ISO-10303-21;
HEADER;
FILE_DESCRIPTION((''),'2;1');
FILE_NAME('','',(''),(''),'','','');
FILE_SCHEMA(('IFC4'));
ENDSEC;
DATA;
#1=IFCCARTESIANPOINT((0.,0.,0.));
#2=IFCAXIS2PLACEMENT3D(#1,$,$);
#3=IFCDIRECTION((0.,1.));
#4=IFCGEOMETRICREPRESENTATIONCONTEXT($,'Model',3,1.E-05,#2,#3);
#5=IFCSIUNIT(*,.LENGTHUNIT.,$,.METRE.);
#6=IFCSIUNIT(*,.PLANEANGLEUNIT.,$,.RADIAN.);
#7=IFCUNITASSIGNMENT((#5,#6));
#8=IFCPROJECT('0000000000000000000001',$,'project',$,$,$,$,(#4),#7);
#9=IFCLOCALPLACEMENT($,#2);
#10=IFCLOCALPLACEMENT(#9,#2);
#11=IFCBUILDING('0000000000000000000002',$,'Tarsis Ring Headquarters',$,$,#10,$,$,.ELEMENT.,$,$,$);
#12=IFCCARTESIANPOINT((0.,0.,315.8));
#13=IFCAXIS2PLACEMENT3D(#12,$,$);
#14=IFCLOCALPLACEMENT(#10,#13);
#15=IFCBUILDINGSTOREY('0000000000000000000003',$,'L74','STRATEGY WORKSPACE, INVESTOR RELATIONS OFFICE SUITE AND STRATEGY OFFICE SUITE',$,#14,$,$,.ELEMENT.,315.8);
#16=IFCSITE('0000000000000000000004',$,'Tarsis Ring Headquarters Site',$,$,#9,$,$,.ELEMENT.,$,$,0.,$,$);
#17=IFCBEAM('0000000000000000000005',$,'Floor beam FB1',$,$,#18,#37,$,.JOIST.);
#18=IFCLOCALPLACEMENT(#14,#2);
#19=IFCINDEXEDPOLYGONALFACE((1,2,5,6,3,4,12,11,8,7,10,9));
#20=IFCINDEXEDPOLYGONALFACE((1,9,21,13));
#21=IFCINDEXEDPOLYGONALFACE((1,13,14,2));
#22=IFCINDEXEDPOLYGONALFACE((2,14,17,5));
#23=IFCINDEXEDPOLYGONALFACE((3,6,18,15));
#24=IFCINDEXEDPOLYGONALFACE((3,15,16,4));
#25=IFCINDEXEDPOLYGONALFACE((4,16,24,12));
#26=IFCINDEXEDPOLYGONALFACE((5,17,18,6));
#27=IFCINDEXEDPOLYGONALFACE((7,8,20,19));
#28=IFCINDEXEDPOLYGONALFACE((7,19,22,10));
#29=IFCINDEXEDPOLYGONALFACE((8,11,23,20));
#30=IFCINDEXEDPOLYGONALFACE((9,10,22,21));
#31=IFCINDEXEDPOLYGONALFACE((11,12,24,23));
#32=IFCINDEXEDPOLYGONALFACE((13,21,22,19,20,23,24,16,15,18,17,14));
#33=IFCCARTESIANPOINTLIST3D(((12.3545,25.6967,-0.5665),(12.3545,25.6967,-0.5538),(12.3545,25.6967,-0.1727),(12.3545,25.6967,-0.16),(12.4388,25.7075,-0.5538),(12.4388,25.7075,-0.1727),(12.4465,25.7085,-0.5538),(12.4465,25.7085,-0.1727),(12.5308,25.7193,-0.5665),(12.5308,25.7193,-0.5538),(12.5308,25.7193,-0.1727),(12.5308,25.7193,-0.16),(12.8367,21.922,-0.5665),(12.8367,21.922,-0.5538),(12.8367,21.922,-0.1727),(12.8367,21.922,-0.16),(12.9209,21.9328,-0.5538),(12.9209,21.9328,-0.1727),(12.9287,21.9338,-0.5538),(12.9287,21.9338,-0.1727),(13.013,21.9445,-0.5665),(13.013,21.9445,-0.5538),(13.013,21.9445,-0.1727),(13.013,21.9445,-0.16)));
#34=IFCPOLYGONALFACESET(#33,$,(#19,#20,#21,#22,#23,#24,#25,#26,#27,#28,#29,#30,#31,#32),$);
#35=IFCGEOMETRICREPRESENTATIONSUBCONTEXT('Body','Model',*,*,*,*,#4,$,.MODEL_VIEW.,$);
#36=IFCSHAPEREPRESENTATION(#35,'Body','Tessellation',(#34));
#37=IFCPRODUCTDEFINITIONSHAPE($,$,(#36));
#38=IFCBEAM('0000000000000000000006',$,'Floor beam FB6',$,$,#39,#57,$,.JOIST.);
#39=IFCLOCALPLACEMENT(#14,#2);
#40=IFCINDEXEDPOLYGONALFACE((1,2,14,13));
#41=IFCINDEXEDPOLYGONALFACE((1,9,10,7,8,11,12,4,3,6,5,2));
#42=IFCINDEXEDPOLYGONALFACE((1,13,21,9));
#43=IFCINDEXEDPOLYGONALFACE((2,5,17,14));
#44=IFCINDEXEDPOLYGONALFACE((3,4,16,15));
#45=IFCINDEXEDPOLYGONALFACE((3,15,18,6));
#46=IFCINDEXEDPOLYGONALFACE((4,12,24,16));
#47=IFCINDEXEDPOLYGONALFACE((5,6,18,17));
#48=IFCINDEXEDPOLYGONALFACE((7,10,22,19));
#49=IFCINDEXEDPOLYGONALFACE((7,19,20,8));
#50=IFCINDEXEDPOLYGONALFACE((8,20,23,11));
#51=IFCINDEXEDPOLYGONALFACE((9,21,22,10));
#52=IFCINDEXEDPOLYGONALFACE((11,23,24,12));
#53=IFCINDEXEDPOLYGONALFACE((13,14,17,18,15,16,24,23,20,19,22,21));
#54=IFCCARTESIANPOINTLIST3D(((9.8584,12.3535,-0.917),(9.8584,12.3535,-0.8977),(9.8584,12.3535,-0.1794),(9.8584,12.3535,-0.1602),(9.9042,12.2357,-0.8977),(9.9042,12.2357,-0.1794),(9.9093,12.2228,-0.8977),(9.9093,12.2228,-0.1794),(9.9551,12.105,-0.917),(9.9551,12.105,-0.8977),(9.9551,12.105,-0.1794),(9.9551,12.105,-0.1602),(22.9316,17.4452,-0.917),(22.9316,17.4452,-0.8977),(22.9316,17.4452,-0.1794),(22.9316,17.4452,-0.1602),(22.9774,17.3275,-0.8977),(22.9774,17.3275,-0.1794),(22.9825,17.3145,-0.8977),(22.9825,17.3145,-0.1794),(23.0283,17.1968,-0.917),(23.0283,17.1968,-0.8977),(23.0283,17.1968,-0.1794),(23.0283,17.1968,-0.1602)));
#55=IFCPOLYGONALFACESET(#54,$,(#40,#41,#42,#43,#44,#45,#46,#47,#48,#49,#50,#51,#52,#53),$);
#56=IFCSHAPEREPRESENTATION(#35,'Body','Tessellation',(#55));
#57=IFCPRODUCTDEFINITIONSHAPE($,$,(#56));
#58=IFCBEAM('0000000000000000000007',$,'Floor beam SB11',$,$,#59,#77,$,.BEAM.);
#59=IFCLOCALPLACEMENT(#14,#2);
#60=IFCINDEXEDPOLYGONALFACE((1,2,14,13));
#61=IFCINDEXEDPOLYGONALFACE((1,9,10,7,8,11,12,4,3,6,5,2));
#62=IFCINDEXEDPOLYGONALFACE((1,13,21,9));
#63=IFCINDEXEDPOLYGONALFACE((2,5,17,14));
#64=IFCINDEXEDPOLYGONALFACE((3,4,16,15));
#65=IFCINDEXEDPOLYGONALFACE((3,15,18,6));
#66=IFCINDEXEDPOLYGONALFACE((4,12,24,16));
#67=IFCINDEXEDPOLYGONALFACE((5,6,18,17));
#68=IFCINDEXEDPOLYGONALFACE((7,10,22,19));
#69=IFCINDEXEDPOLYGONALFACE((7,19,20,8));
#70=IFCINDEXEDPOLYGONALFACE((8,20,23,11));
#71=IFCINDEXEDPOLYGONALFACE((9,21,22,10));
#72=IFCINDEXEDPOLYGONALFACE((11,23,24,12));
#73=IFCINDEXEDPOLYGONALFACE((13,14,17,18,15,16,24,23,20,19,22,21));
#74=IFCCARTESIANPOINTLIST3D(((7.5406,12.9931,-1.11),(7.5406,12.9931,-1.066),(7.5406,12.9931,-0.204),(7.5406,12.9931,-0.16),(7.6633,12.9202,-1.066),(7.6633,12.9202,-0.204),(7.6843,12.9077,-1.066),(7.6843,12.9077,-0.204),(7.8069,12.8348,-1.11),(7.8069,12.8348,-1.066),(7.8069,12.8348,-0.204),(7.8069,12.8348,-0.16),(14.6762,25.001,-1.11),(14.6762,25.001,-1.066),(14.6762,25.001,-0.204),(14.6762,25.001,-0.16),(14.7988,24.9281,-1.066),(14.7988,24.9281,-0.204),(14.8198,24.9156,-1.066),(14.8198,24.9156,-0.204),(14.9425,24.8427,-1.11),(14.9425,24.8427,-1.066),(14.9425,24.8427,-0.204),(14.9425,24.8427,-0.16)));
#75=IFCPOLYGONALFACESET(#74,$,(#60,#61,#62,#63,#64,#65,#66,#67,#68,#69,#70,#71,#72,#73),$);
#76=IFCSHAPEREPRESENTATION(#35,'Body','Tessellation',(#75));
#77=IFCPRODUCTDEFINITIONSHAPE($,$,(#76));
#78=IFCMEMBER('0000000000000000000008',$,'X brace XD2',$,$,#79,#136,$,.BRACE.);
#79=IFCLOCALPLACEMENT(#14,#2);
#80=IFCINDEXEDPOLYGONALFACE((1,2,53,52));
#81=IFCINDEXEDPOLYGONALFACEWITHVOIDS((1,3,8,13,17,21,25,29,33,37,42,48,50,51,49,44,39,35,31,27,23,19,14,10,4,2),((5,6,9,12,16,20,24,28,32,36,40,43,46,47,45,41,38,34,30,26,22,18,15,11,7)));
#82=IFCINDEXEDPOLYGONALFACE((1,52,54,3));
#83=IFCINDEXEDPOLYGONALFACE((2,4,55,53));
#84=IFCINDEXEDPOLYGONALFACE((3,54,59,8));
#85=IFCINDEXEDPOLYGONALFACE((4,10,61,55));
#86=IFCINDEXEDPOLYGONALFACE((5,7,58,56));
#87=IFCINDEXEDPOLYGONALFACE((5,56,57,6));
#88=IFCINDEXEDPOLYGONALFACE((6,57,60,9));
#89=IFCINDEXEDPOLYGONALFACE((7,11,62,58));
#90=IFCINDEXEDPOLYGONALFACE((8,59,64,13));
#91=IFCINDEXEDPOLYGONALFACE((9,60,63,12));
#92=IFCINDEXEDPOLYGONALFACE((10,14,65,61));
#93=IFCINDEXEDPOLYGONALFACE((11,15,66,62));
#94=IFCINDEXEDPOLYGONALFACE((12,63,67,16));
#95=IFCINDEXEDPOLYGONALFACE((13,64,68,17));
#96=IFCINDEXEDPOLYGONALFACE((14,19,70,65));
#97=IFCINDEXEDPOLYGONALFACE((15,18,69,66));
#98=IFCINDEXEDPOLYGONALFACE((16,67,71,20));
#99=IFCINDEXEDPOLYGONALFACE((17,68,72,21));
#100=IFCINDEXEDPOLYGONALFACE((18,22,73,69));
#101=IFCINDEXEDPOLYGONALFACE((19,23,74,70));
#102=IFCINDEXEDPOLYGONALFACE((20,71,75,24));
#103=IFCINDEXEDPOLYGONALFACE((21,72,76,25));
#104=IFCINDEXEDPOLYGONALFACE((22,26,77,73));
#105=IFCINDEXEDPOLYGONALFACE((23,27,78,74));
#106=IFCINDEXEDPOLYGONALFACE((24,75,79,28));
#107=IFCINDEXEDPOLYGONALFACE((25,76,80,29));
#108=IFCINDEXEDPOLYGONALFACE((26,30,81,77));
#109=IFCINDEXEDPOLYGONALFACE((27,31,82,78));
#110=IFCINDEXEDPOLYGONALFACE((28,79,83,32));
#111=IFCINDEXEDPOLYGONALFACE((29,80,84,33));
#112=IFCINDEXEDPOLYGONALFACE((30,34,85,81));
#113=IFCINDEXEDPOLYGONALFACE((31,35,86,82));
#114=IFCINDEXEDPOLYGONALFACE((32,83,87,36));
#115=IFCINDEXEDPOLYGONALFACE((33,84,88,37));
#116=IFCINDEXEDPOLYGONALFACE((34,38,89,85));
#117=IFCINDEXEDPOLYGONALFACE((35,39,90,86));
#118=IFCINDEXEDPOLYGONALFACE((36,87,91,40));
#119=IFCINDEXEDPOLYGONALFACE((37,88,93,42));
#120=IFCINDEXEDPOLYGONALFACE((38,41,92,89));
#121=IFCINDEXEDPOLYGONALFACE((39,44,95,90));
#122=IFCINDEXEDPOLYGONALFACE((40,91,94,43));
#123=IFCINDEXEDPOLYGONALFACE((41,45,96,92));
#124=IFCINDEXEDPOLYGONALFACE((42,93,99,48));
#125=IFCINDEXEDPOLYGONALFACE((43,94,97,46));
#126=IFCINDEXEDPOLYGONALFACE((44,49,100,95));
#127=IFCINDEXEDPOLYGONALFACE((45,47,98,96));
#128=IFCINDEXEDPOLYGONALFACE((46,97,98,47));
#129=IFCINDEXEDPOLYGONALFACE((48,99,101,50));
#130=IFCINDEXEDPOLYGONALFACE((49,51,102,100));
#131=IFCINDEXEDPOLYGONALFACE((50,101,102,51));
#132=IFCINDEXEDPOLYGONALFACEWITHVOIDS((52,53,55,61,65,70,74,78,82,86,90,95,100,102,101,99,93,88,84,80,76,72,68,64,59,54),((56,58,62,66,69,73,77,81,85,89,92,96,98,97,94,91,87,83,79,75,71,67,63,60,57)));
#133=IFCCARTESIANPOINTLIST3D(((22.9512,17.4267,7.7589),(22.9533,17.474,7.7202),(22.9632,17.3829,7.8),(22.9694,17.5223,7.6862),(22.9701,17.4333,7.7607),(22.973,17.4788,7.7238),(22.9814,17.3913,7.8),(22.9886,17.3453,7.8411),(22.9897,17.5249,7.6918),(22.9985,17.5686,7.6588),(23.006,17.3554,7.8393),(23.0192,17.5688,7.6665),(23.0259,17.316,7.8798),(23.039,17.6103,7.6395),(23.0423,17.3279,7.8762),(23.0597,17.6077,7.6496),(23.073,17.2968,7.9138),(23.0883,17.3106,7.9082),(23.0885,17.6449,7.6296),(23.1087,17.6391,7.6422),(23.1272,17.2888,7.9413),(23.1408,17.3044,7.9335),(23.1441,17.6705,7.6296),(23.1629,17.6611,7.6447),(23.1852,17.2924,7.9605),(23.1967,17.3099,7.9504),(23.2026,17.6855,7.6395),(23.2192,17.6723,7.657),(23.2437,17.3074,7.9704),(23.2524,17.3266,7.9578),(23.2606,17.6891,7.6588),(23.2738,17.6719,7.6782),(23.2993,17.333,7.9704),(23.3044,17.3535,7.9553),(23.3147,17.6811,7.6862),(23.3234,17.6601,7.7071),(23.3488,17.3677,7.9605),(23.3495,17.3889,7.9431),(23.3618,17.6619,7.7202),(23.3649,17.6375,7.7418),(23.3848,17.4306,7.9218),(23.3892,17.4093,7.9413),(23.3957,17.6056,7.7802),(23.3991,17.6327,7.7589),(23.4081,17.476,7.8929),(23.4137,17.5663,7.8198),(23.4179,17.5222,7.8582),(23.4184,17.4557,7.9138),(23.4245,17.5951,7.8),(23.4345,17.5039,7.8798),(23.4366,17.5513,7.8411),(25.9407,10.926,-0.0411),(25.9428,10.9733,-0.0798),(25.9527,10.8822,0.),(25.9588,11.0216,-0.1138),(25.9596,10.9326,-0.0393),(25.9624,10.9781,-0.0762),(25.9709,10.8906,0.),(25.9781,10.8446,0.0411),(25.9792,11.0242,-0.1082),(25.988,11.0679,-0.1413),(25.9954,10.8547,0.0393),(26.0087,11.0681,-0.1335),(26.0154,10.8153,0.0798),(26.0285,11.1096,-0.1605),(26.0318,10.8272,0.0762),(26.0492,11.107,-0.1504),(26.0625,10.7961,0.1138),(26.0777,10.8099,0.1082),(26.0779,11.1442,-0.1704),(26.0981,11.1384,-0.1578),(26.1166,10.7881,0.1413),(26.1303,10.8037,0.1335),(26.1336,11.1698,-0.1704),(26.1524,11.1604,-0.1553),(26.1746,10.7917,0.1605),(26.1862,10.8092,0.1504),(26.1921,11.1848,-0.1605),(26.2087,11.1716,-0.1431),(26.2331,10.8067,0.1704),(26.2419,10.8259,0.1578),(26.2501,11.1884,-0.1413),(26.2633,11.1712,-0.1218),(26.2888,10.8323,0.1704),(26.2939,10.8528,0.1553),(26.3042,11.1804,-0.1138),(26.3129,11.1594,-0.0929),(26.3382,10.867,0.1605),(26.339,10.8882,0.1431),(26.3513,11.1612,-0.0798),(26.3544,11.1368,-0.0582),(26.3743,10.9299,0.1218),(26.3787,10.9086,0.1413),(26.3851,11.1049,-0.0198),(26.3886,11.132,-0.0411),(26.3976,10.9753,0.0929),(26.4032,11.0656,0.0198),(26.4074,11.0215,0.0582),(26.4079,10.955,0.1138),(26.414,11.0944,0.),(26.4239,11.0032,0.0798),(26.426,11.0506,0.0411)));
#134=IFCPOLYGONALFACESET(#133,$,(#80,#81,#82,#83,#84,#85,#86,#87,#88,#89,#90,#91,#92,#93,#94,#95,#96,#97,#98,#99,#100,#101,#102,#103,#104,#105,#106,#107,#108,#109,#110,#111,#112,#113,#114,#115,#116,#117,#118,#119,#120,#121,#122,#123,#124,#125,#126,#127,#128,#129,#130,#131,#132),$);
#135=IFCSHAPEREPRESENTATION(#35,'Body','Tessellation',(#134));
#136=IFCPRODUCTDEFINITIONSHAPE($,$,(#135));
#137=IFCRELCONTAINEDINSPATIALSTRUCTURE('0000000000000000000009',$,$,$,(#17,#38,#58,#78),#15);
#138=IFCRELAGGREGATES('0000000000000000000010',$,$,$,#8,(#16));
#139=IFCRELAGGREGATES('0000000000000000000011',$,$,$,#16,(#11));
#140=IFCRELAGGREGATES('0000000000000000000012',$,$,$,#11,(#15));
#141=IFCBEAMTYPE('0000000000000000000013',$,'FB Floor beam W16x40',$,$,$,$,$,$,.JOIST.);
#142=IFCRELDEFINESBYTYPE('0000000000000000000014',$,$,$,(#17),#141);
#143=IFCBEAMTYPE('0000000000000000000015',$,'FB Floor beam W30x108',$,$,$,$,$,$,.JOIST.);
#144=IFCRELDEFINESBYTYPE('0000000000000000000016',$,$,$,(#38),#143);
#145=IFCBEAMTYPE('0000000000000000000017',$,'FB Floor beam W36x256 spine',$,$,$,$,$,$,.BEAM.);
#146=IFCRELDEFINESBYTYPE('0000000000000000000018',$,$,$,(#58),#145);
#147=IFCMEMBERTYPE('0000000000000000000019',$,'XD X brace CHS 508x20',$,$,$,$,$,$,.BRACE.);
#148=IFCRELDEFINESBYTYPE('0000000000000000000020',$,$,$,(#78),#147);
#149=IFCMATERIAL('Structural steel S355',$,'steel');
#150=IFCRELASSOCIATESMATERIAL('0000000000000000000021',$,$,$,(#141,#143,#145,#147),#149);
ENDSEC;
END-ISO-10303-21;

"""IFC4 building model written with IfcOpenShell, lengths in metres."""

from ifc_helpers import new_model, si_unit, direction, frame, origin, origin_2d, place, context, subcontext, project, spatial, hollow_circle, i_section, extrude, material, material_profile, profile_set, type_object, element, save


model = new_model("IFC4")

# Units and contexts
model_context = context("Model", 3, precision=1e-05, world=origin(), true_north=direction((0.0, 1.0)))
body_context = subcontext(model_context, "Body", "Model", "MODEL_VIEW")
ifc_project = project(units=[si_unit("LENGTHUNIT", "METRE"), si_unit("PLANEANGLEUNIT", "RADIAN")], contexts=[model_context])

# Site, building, storey
site_placement = place(None, origin())
site = spatial("IfcSite", under=ifc_project, at=site_placement, Name="Tarsis Ring Headquarters Site", CompositionType="ELEMENT", RefElevation=0.0)
building_placement = place(site_placement, origin())
building = spatial("IfcBuilding", under=site, at=building_placement, Name="Tarsis Ring Headquarters", CompositionType="ELEMENT")
storey_placement = place(building_placement, frame((0.0, 0.0, 315.8)))
storey = spatial("IfcBuildingStorey", under=building, at=storey_placement, Name="L74", Description="STRATEGY WORKSPACE, INVESTOR RELATIONS OFFICE SUITE AND STRATEGY OFFICE SUITE", CompositionType="ELEMENT", Elevation=315.8)

# Shared definitions
ifc_material_1 = material(Name="Structural steel S355", Category="steel")

# Beams
ifc_material_profile_1 = material_profile(ifc_material_1, i_section(OverallWidth=0.1777, OverallDepth=0.4065, WebThickness=0.0078, FlangeThickness=0.0127, at=origin_2d()), Name="W16x40")
ifc_profile_set_1 = profile_set([ifc_material_profile_1], Name="Structural steel S355")
beam_type_1 = type_object("IfcBeamType", Name="FB Floor beam W16x40", PredefinedType="JOIST", material=ifc_profile_set_1)
beam_1_placement = place(storey_placement, frame((12.4426, 25.708, -0.3633), z_axis=(0.126711, -0.99194, 0.0), x_axis=(0.99194, 0.126711, 0.0)))
element("IfcBeam", 1, at=beam_1_placement, inside=storey, type_object=beam_type_1, Name="Floor beam FB1", PredefinedType="JOIST", context=body_context, shape_type="SweptSolid", body=[
    extrude(i_section(OverallWidth=0.1777, OverallDepth=0.4065, WebThickness=0.0078, FlangeThickness=0.0127, at=origin_2d()), origin(), (0.0, 0.0, 1.0), 3.8054),
])
ifc_material_profile_2 = material_profile(ifc_material_1, i_section(OverallWidth=0.2666, OverallDepth=0.7568, WebThickness=0.0139, FlangeThickness=0.0193, at=origin_2d()), Name="W30x108")
ifc_profile_set_2 = profile_set([ifc_material_profile_2], Name="Structural steel S355")
beam_type_2 = type_object("IfcBeamType", Name="FB Floor beam W30x108", PredefinedType="JOIST", material=ifc_profile_set_2)
beam_2_placement = place(storey_placement, frame((9.9067, 12.2292, -0.5386), z_axis=(0.931818, 0.362927, 0.0), x_axis=(-0.362927, 0.931818, 0.0)))
element("IfcBeam", 2, at=beam_2_placement, inside=storey, type_object=beam_type_2, Name="Floor beam FB6", PredefinedType="JOIST", context=body_context, shape_type="SweptSolid", body=[
    extrude(i_section(OverallWidth=0.2666, OverallDepth=0.7568, WebThickness=0.0139, FlangeThickness=0.0193, at=origin_2d()), origin(), (0.0, 0.0, 1.0), 14.0298),
])
ifc_material_profile_3 = material_profile(ifc_material_1, i_section(OverallWidth=0.3098, OverallDepth=0.95, WebThickness=0.0244, FlangeThickness=0.0439, at=origin_2d()), Name="W36x256")
ifc_profile_set_3 = profile_set([ifc_material_profile_3], Name="Structural steel S355")
beam_type_3 = type_object("IfcBeamType", Name="FB Floor beam W36x256 spine", PredefinedType="BEAM", material=ifc_profile_set_3)
beam_3_placement = place(storey_placement, frame((14.8093, 24.9219, -0.635), z_axis=(-0.510849, -0.859671, 0.0), x_axis=(0.859671, -0.510849, 0.0)))
element("IfcBeam", 3, at=beam_3_placement, inside=storey, type_object=beam_type_3, Name="Floor beam SB11", PredefinedType="BEAM", context=body_context, shape_type="SweptSolid", body=[
    extrude(i_section(OverallWidth=0.3098, OverallDepth=0.95, WebThickness=0.0244, FlangeThickness=0.0439, at=origin_2d()), origin(), (0.0, 0.0, 1.0), 13.968),
])

# Member
ifc_material_profile_4 = material_profile(ifc_material_1, hollow_circle(Radius=0.2539, WallThickness=0.02, at=origin_2d()), Name="CHS 508x20")
ifc_profile_set_4 = profile_set([ifc_material_profile_4], Name="Structural steel S355")
member_type = type_object("IfcMemberType", Name="XD X brace CHS 508x20", PredefinedType="BRACE", material=ifc_profile_set_4)
member_1_placement = place(storey_placement, frame((26.1833, 10.9883, 0.0), z_axis=(-0.282434, 0.614159, 0.736912), x_axis=(-0.908535, -0.417809, 0.0)))
element("IfcMember", 4, at=member_1_placement, inside=storey, type_object=member_type, Name="X brace XD2", PredefinedType="BRACE", context=body_context, shape_type="SweptSolid", body=[
    extrude(hollow_circle(Radius=0.2539, WallThickness=0.02, at=origin_2d()), origin(), (0.0, 0.0, 1.0), 10.5847),
])

save(model, "model.ifc")
